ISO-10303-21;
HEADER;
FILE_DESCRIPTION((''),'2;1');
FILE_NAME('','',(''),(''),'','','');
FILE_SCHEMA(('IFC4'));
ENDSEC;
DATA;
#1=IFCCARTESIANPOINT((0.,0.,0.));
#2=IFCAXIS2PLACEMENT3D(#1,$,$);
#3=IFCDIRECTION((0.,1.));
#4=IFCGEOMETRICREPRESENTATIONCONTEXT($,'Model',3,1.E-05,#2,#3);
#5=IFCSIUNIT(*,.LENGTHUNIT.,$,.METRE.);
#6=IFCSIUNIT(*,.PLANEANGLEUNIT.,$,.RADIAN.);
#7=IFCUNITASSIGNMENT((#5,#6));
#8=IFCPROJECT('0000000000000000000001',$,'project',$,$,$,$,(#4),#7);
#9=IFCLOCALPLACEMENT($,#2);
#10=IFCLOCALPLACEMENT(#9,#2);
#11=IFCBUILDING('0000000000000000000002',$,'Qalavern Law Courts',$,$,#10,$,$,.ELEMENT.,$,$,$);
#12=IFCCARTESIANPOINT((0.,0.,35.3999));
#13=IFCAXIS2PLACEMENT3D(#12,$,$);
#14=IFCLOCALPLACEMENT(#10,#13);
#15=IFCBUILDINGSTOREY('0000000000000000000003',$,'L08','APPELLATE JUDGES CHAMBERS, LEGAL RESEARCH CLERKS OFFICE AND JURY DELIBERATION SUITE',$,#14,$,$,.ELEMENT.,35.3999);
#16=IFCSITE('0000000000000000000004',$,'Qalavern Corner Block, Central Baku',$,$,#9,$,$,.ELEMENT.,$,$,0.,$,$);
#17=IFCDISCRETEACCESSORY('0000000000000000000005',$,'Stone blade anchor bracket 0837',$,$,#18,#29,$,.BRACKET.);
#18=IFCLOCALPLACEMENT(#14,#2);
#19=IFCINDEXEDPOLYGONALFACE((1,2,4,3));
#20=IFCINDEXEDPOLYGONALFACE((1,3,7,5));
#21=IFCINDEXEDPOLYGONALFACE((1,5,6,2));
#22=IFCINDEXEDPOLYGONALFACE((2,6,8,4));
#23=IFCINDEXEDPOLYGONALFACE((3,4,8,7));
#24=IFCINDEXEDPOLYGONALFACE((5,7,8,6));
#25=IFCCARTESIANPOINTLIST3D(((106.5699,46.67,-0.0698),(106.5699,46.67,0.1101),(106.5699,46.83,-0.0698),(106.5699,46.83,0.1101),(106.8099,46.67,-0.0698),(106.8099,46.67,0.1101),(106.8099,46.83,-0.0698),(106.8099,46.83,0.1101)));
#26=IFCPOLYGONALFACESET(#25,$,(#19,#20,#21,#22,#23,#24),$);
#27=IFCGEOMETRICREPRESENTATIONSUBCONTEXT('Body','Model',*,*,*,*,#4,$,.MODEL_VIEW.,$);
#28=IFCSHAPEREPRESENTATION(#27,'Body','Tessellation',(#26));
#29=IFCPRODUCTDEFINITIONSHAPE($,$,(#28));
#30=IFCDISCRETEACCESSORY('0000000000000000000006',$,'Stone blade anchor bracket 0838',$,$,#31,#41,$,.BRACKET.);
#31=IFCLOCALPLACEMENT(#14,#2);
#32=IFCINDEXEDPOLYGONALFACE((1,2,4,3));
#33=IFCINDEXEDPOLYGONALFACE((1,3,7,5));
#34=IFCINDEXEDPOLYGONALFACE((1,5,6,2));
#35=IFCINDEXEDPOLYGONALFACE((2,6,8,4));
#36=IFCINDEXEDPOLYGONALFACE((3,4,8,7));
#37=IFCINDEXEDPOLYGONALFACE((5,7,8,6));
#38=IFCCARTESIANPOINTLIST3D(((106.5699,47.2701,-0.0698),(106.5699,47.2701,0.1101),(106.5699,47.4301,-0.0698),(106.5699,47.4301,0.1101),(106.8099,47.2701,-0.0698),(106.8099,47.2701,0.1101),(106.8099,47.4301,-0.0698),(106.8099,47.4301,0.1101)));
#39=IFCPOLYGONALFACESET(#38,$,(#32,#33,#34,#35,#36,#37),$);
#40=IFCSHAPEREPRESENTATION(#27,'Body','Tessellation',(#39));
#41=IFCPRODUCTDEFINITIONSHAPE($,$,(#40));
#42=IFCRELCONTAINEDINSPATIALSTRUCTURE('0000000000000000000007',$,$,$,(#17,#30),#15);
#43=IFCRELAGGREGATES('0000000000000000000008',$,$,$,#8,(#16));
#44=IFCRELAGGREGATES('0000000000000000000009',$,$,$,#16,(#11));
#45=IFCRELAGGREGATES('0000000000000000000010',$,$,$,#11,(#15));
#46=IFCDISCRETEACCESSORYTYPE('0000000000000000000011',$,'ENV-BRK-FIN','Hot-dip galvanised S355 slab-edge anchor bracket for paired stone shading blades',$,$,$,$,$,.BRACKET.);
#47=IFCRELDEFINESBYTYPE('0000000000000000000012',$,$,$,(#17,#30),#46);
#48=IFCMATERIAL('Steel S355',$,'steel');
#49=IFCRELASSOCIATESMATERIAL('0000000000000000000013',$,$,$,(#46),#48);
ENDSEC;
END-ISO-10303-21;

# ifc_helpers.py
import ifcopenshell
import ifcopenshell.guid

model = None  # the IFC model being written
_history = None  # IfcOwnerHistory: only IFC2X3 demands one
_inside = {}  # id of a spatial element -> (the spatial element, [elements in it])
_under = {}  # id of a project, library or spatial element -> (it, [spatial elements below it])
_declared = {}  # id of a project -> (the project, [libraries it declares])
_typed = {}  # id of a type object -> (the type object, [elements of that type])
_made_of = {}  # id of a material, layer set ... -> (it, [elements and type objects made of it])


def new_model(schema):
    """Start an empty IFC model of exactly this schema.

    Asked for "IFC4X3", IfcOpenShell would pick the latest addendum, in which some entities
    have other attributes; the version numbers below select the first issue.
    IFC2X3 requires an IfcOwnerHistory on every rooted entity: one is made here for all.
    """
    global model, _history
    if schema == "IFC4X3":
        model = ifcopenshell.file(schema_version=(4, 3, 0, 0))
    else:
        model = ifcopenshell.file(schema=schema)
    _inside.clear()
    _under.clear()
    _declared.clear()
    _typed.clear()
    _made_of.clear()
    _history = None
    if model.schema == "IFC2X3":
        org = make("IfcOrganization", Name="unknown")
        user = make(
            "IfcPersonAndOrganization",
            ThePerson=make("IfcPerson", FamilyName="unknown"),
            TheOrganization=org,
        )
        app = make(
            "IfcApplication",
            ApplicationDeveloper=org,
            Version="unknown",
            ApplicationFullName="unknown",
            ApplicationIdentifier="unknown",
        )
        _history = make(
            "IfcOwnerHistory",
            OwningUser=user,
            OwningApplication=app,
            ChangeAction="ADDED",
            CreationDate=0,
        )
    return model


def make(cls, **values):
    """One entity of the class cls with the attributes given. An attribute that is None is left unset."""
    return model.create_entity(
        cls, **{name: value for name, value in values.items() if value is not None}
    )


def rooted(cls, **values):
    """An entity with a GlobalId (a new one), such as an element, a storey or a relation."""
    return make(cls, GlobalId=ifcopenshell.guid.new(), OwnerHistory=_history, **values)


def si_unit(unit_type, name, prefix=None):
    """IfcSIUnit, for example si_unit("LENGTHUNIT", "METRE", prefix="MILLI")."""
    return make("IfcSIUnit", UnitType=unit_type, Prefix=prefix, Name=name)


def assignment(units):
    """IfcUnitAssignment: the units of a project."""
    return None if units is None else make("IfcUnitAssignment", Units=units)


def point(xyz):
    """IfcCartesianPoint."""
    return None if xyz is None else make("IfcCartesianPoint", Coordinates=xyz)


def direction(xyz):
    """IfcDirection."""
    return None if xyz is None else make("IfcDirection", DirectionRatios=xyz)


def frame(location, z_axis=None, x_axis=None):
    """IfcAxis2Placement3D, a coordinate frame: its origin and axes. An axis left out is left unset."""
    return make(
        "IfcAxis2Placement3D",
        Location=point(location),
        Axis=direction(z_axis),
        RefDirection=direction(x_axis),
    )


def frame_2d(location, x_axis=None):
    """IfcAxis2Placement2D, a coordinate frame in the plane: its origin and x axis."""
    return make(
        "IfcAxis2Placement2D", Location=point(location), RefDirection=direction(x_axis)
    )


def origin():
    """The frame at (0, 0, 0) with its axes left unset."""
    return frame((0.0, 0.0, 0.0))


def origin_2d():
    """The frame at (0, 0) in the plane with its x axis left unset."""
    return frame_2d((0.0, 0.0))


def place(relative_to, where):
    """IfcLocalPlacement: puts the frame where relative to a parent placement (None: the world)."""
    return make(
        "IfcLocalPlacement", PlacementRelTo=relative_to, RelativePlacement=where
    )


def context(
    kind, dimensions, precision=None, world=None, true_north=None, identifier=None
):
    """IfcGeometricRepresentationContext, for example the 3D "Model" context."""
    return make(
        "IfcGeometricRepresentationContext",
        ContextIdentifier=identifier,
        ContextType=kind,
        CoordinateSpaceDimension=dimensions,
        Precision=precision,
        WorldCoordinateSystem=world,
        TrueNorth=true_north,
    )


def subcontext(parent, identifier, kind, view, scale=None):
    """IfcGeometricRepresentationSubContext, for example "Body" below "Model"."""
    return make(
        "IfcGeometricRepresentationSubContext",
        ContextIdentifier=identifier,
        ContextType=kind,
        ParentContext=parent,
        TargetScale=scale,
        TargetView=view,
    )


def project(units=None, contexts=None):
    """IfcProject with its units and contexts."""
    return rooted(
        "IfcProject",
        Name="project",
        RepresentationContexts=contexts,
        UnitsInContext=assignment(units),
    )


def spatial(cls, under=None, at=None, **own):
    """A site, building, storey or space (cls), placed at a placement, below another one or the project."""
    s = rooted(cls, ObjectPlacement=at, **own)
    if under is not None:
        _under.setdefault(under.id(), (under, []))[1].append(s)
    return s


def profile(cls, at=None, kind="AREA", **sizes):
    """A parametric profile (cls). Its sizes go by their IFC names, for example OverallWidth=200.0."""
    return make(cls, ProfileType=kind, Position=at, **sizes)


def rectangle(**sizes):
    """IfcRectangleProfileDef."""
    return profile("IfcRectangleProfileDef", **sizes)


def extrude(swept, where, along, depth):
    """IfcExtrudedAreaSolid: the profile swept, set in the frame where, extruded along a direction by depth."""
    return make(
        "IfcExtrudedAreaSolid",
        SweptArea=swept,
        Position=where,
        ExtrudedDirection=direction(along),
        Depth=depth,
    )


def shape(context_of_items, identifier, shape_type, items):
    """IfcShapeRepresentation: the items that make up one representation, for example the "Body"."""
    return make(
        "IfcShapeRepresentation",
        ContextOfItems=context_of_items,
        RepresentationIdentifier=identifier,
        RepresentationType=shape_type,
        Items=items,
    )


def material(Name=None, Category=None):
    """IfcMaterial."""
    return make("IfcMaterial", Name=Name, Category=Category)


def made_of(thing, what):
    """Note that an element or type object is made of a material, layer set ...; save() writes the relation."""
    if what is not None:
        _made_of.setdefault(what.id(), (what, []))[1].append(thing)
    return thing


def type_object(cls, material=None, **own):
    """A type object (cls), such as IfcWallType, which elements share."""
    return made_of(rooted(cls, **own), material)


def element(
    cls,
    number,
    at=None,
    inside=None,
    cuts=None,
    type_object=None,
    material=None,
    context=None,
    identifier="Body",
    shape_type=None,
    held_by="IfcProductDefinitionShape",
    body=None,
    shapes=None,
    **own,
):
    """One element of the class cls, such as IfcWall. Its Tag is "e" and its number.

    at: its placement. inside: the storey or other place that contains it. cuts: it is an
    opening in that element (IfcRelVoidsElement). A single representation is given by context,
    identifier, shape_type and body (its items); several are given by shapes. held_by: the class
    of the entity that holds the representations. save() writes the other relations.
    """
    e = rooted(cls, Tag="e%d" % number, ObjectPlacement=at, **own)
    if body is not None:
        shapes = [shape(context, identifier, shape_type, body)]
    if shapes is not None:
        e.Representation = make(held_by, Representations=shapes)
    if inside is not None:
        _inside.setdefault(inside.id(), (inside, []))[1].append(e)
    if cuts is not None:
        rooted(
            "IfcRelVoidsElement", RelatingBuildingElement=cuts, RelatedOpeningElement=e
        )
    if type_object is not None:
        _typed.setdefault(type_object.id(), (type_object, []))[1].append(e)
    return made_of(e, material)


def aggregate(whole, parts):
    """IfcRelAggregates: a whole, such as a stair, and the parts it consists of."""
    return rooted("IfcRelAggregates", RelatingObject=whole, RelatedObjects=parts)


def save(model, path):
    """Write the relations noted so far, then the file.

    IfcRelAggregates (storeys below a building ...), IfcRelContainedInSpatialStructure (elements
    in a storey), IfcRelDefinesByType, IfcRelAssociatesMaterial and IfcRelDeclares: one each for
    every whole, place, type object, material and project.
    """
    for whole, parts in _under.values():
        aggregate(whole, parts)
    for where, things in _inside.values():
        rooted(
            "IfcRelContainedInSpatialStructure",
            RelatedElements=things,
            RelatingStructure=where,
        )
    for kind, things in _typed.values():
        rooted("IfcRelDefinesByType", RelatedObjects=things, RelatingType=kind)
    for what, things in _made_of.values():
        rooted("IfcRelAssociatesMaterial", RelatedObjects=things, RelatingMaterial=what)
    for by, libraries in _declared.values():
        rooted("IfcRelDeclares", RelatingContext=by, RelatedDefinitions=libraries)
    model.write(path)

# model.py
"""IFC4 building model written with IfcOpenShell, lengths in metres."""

from ifc_helpers import new_model, si_unit, direction, frame, origin, origin_2d, place, context, subcontext, project, spatial, rectangle, extrude, material, type_object, element, save


model = new_model("IFC4")

# Units and contexts
model_context = context("Model", 3, precision=1e-05, world=origin(), true_north=direction((0.0, 1.0)))
body_context = subcontext(model_context, "Body", "Model", "MODEL_VIEW")
ifc_project = project(units=[si_unit("LENGTHUNIT", "METRE"), si_unit("PLANEANGLEUNIT", "RADIAN")], contexts=[model_context])

# Site, building, storey
site_placement = place(None, origin())
site = spatial("IfcSite", under=ifc_project, at=site_placement, Name="Qalavern Corner Block, Central Baku", CompositionType="ELEMENT", RefElevation=0.0)
building_placement = place(site_placement, origin())
building = spatial("IfcBuilding", under=site, at=building_placement, Name="Qalavern Law Courts", CompositionType="ELEMENT")
storey_placement = place(building_placement, frame((0.0, 0.0, 35.3999)))
storey = spatial("IfcBuildingStorey", under=building, at=storey_placement, Name="L08", Description="APPELLATE JUDGES CHAMBERS, LEGAL RESEARCH CLERKS OFFICE AND JURY DELIBERATION SUITE", CompositionType="ELEMENT", Elevation=35.3999)

# Shared definitions
ifc_material_1 = material(Name="Steel S355", Category="steel")

# Discrete accessories
discrete_accessory_type = type_object("IfcDiscreteAccessoryType", Name="ENV-BRK-FIN", Description="Hot-dip galvanised S355 slab-edge anchor bracket for paired stone shading blades", PredefinedType="BRACKET", material=ifc_material_1)
for number, where, z_axis, x_axis, name in (
    (1, (106.6899, 46.75, -0.0698), (0.0, 0.0, 1.0), (1.0, 0.0, 0.0), "Stone blade anchor bracket 0837"),
    (2, (106.6899, 47.3501, -0.0698), (0.0, 0.0, 1.0), (1.0, 0.0, 0.0), "Stone blade anchor bracket 0838"),
):
    element("IfcDiscreteAccessory", number, at=place(storey_placement, frame(where, z_axis=z_axis, x_axis=x_axis)), inside=storey, type_object=discrete_accessory_type, Name=name, PredefinedType="BRACKET", context=body_context, shape_type="SweptSolid", body=[
        extrude(rectangle(XDim=0.24, YDim=0.1599, at=origin_2d()), origin(), (0.0, 0.0, 1.0), 0.1799),
    ])

save(model, "model.ifc")
